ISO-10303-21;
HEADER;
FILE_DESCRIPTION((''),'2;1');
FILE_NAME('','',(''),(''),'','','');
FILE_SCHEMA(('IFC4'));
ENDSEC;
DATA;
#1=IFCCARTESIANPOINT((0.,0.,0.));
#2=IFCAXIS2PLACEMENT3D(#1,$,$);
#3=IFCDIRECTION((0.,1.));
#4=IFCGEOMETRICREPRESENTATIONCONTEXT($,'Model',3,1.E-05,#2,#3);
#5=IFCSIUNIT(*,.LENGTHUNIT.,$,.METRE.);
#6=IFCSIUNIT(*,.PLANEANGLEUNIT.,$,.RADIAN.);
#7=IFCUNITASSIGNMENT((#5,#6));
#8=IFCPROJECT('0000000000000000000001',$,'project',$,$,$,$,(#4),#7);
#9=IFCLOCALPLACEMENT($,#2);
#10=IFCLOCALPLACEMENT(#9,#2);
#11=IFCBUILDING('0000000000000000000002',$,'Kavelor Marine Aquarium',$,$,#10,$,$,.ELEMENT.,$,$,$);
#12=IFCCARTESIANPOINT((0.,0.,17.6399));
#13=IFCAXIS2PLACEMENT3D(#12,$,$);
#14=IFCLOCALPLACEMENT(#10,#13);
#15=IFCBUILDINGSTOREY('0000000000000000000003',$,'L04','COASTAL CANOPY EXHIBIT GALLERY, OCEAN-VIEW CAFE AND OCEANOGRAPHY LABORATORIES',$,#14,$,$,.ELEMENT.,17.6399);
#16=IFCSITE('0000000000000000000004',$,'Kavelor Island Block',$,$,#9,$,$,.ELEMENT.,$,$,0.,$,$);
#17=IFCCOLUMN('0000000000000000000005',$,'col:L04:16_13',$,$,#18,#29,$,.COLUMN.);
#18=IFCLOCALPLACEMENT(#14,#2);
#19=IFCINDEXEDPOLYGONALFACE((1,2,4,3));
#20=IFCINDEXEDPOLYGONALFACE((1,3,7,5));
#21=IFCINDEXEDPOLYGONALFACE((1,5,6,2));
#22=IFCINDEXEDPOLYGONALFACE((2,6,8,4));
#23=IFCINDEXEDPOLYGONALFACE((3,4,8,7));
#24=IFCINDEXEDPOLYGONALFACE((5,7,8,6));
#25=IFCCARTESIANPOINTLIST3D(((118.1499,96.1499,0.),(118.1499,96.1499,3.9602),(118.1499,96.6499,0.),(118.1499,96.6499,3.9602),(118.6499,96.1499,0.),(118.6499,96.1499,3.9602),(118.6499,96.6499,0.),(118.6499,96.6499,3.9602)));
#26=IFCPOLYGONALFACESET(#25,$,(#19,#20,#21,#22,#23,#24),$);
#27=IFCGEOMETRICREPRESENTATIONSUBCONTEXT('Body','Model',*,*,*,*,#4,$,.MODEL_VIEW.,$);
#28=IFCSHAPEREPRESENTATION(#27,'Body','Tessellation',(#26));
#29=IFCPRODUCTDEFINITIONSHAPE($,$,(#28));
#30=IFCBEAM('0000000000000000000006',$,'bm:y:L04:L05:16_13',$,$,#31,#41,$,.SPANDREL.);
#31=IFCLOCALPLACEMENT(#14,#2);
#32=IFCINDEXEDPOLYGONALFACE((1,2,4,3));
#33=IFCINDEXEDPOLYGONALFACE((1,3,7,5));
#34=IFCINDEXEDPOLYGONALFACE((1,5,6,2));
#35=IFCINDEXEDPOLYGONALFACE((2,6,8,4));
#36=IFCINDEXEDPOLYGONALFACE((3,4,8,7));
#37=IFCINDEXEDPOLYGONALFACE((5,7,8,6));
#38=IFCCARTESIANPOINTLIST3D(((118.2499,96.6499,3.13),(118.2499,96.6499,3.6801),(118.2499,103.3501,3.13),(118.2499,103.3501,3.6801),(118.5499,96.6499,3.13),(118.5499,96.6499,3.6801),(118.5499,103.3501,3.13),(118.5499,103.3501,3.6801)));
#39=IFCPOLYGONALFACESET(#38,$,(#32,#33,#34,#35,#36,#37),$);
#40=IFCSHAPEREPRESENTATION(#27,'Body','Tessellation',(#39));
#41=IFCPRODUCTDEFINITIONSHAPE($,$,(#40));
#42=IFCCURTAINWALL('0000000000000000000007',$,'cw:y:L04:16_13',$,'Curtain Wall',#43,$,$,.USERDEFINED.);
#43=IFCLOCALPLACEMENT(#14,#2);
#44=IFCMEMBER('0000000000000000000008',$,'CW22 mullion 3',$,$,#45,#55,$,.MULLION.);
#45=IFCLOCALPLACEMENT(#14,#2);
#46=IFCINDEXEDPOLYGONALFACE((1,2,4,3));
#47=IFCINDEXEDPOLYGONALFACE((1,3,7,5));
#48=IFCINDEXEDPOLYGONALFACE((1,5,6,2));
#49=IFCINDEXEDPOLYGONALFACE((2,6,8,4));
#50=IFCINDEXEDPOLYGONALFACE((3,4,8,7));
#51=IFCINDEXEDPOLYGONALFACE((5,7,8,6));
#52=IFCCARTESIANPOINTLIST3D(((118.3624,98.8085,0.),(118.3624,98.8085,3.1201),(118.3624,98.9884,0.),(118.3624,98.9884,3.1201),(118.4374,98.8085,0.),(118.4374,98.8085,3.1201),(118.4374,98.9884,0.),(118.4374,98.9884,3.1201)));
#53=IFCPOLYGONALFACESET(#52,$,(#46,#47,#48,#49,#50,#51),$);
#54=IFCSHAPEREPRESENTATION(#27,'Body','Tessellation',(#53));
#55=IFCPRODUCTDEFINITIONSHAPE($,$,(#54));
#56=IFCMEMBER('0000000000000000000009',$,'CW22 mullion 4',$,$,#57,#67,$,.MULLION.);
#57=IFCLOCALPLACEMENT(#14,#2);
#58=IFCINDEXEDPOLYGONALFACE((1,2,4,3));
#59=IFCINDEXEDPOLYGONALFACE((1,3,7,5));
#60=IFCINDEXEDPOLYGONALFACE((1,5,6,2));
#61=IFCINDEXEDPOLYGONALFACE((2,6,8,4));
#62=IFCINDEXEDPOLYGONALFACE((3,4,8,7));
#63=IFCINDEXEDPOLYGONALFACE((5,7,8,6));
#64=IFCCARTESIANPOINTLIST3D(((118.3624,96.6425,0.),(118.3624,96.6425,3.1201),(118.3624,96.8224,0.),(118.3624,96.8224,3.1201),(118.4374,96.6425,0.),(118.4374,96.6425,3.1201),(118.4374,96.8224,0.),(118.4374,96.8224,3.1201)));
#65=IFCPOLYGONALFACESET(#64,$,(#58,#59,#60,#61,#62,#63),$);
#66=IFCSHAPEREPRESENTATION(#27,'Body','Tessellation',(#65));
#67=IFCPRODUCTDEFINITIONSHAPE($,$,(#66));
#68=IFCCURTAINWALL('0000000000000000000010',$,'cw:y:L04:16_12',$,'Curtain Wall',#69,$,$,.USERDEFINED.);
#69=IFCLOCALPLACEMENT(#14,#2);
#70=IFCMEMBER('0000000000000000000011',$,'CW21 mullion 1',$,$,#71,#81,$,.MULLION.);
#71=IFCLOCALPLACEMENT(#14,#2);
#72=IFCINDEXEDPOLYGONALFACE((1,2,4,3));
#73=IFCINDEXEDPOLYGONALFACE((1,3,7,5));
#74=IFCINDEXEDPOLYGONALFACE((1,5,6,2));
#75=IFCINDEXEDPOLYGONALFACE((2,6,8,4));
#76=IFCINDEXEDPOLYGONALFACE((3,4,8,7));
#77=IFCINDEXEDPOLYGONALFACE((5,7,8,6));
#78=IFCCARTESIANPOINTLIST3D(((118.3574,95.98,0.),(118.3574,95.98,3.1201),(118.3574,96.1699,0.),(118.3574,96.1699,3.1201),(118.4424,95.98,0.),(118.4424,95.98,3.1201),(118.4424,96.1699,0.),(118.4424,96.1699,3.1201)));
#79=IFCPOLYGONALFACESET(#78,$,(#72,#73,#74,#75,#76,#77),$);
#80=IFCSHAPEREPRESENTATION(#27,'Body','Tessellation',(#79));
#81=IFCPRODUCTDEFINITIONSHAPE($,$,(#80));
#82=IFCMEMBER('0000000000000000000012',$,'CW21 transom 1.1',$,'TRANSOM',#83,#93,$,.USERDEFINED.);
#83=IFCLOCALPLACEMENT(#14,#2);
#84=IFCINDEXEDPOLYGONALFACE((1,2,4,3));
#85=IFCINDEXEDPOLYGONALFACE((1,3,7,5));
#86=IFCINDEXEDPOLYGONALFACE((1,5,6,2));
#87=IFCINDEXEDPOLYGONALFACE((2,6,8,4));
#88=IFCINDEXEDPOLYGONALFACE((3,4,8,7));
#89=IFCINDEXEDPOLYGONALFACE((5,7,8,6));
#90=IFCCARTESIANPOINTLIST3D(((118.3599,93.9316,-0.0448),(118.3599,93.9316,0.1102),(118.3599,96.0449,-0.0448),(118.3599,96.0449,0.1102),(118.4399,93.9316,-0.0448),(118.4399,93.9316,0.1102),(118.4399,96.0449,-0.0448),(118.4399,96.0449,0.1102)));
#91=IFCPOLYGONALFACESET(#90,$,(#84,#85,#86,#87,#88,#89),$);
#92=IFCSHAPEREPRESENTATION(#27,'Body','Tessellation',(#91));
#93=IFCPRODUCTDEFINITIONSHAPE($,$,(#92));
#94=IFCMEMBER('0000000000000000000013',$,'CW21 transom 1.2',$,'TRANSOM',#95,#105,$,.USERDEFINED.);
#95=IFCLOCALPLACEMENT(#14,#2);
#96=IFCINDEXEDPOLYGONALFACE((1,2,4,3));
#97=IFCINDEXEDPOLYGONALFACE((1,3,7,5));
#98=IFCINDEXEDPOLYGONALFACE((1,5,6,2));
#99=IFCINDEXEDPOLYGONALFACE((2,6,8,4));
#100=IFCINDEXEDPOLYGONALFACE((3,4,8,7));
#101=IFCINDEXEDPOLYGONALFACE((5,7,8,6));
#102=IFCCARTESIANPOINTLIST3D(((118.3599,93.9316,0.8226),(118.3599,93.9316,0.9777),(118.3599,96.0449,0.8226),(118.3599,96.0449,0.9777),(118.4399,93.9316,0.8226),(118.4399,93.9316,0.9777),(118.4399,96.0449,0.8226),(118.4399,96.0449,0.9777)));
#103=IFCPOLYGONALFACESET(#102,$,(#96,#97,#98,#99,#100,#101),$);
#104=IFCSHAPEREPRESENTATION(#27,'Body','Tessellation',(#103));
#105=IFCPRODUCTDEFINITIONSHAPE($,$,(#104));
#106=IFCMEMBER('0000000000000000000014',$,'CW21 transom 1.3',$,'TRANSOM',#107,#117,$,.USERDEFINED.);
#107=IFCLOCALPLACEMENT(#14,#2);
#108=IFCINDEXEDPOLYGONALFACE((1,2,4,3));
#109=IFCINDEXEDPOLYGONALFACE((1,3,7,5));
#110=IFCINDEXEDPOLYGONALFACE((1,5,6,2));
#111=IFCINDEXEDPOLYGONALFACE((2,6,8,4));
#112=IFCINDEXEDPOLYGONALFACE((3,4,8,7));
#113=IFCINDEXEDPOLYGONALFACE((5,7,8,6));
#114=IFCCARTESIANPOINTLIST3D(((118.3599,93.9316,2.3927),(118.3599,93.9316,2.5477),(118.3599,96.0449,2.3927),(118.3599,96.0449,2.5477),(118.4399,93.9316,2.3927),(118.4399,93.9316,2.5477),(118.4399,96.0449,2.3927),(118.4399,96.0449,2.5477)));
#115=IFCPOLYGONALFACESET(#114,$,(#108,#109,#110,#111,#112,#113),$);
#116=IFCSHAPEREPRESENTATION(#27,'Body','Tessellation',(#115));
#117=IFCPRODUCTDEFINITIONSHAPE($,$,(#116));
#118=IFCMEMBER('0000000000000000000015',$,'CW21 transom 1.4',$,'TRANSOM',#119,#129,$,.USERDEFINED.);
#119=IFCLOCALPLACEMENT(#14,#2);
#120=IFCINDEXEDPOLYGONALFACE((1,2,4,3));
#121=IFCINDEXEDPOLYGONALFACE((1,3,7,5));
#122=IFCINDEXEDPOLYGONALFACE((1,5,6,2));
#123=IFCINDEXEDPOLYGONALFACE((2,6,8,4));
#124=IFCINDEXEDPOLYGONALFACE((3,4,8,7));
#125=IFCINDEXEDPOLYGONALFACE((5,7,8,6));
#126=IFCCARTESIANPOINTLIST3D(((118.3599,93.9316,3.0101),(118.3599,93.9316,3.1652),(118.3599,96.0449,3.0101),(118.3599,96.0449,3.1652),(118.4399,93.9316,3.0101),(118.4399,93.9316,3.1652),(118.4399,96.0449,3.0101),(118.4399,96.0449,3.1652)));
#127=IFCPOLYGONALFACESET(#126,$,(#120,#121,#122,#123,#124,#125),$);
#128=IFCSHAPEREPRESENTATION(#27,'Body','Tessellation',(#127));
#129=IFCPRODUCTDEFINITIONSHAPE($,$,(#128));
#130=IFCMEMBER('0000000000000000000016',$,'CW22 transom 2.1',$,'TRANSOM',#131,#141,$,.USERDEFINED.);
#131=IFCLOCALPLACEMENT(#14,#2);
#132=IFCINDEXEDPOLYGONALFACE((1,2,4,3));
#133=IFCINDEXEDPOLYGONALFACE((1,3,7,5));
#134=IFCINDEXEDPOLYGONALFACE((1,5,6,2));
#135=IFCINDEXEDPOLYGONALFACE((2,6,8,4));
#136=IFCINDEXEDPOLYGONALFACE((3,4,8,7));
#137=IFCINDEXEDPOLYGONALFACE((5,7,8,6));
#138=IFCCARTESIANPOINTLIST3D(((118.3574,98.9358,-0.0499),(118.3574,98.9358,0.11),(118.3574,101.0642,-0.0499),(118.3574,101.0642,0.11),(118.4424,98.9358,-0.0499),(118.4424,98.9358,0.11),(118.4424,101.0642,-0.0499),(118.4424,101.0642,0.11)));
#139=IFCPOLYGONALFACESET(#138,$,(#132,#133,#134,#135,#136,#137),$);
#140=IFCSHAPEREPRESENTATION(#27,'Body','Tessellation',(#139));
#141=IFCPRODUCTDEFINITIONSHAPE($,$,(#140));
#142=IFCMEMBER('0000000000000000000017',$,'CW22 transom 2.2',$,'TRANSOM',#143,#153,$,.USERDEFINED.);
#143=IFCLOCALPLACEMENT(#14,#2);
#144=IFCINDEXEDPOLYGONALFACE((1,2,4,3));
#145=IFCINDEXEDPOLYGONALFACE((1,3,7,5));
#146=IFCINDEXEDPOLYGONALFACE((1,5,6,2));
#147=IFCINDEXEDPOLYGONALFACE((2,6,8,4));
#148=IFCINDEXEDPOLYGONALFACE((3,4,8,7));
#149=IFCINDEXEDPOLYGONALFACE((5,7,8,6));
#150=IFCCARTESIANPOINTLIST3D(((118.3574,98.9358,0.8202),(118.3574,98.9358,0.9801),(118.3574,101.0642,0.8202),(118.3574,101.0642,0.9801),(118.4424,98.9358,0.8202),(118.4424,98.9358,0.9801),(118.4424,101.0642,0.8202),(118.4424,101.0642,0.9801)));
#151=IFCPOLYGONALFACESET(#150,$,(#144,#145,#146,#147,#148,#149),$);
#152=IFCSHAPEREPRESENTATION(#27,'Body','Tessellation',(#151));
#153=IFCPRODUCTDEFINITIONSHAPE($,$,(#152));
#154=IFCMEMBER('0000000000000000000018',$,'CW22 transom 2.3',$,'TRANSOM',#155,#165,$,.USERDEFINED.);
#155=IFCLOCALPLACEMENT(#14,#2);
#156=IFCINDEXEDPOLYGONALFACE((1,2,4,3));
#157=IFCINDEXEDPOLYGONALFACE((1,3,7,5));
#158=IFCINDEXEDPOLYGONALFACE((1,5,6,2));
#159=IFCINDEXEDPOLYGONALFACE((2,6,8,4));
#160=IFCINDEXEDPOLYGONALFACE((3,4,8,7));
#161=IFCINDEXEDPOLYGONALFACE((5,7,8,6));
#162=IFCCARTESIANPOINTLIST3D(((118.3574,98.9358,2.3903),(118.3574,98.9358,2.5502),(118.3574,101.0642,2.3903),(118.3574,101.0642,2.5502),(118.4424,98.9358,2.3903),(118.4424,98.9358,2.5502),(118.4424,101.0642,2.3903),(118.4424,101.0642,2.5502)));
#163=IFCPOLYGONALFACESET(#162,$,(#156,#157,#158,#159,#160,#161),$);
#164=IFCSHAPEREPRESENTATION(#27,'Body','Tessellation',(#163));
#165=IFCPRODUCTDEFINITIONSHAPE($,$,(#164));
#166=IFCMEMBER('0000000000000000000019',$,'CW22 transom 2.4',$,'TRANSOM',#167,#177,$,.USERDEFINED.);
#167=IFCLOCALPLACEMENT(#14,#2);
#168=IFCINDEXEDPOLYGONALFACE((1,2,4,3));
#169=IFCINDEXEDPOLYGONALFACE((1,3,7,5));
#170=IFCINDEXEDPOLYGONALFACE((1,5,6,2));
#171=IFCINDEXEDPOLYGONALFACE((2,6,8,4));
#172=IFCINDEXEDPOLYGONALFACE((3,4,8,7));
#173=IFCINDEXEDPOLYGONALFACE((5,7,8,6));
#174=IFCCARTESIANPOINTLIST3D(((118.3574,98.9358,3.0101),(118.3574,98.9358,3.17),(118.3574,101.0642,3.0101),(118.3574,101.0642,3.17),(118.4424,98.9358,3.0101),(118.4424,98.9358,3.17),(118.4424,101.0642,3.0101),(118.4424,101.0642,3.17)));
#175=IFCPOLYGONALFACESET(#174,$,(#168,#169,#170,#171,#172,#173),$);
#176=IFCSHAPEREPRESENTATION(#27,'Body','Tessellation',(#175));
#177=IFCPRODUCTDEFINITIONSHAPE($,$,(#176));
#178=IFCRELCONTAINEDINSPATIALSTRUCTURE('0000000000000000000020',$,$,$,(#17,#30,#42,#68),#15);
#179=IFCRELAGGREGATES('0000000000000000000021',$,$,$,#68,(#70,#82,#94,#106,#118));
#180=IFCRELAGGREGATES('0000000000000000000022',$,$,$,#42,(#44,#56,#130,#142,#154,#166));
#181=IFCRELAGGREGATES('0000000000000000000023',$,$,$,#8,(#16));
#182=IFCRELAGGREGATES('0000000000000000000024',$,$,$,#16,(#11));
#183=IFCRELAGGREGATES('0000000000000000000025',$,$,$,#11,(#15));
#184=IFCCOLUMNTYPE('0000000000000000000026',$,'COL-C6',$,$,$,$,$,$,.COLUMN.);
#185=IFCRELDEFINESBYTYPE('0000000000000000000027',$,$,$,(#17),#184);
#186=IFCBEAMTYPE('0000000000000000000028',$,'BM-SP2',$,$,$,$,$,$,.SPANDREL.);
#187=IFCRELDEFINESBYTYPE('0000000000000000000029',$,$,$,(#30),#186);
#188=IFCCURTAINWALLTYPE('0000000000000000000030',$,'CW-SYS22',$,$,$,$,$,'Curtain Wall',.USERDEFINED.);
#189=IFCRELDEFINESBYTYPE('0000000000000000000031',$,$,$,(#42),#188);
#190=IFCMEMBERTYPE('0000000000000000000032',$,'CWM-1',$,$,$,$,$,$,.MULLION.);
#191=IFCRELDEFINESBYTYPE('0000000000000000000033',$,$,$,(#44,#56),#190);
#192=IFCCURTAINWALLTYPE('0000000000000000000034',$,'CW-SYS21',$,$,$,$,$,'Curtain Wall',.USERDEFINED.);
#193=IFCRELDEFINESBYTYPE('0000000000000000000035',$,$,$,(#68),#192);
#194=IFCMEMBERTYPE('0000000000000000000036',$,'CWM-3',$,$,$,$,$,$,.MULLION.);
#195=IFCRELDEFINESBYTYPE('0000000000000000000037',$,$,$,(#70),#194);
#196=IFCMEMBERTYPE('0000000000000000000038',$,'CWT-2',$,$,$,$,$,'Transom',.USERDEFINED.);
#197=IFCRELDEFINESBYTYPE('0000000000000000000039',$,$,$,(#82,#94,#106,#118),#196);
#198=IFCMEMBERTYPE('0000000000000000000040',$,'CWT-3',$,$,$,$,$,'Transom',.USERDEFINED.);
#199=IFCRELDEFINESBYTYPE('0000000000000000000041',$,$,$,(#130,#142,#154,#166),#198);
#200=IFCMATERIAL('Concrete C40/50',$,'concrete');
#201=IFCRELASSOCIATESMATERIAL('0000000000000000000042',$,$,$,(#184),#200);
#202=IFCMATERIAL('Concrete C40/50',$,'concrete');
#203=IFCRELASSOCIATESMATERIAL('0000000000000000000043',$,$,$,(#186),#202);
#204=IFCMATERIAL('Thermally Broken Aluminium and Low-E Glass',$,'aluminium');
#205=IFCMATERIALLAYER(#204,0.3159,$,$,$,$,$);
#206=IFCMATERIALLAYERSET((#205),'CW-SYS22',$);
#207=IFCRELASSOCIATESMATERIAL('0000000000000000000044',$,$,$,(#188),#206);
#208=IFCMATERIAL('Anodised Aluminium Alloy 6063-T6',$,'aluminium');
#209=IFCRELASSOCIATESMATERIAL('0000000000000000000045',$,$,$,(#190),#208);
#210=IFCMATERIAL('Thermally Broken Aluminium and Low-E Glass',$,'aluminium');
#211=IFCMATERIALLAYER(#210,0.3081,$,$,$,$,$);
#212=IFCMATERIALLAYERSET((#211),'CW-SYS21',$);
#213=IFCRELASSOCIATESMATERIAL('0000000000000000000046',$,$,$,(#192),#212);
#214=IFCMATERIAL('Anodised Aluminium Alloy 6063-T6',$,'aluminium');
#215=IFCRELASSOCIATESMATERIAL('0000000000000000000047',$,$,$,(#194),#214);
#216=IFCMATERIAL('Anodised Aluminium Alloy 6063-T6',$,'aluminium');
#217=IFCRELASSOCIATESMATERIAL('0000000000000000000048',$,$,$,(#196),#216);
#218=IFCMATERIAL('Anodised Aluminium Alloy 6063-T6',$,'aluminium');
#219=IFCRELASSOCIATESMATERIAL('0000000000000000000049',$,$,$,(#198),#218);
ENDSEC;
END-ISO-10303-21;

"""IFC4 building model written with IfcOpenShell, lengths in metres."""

from ifc_helpers import new_model, si_unit, direction, frame, origin, origin_2d, place, context, subcontext, project, spatial, rectangle, extrude, material, layer, layer_set, material_profile, profile_set, type_object, element, aggregate, save


model = new_model("IFC4")

# Units and contexts
model_context = context("Model", 3, precision=1e-05, world=origin(), true_north=direction((0.0, 1.0)))
body_context = subcontext(model_context, "Body", "Model", "MODEL_VIEW")
ifc_project = project(units=[si_unit("LENGTHUNIT", "METRE"), si_unit("PLANEANGLEUNIT", "RADIAN")], contexts=[model_context])

# Site, building, storey
site_placement = place(None, origin())
site = spatial("IfcSite", under=ifc_project, at=site_placement, Name="Kavelor Island Block", CompositionType="ELEMENT", RefElevation=0.0)
building_placement = place(site_placement, origin())
building = spatial("IfcBuilding", under=site, at=building_placement, Name="Kavelor Marine Aquarium", CompositionType="ELEMENT")
storey_placement = place(building_placement, frame((0.0, 0.0, 17.6399)))
storey = spatial("IfcBuildingStorey", under=building, at=storey_placement, Name="L04", Description="COASTAL CANOPY EXHIBIT GALLERY, OCEAN-VIEW CAFE AND OCEANOGRAPHY LABORATORIES", CompositionType="ELEMENT", Elevation=17.6399)

# Column
ifc_material_1 = material(Name="Concrete C40/50", Category="concrete")
ifc_material_profile_1 = material_profile(ifc_material_1, rectangle(XDim=0.5, YDim=0.5, at=origin_2d()), Name="RC-COL 500x500")
ifc_profile_set_1 = profile_set([ifc_material_profile_1], Name="Concrete C40/50")
column_type = type_object("IfcColumnType", Name="COL-C6", PredefinedType="COLUMN", material=ifc_profile_set_1)
column_placement = place(storey_placement, frame((118.3999, 96.3999, 0.0), z_axis=(0.0, 0.0, 1.0), x_axis=(1.0, 0.0, 0.0)))
element("IfcColumn", 1, at=column_placement, inside=storey, type_object=column_type, Name="col:L04:16_13", PredefinedType="COLUMN", context=body_context, shape_type="SweptSolid", body=[
    extrude(rectangle(XDim=0.5, YDim=0.5, at=origin_2d()), origin(), (0.0, 0.0, 1.0), 3.9602),
])

# Beam
ifc_material_2 = material(Name="Concrete C40/50", Category="concrete")
ifc_material_profile_2 = material_profile(ifc_material_2, rectangle(XDim=0.3, YDim=0.55, at=origin_2d()), Name="RC-SP 300x550")
ifc_profile_set_2 = profile_set([ifc_material_profile_2], Name="Concrete C40/50")
beam_type = type_object("IfcBeamType", Name="BM-SP2", PredefinedType="SPANDREL", material=ifc_profile_set_2)
beam_placement = place(storey_placement, frame((118.3999, 96.6499, 3.405), z_axis=(0.0, 1.0, 0.0), x_axis=(-1.0, 0.0, 0.0)))
element("IfcBeam", 2, at=beam_placement, inside=storey, type_object=beam_type, Name="bm:y:L04:L05:16_13", PredefinedType="SPANDREL", context=body_context, shape_type="SweptSolid", body=[
    extrude(rectangle(XDim=0.3, YDim=0.55, at=origin_2d()), origin(), (0.0, 0.0, 1.0), 6.7002),
])

# Curtain walls, members
ifc_material_3 = material(Name="Thermally Broken Aluminium and Low-E Glass", Category="aluminium")
ifc_layer_1 = layer(ifc_material_3, 0.3159)
ifc_layer_set_1 = layer_set([ifc_layer_1], Name="CW-SYS22")
curtain_wall_type_1 = type_object("IfcCurtainWallType", Name="CW-SYS22", ElementType="Curtain Wall", PredefinedType="USERDEFINED", material=ifc_layer_set_1)
curtain_wall_1_placement = place(storey_placement, origin())
curtain_wall_1 = element("IfcCurtainWall", 3, at=curtain_wall_1_placement, inside=storey, type_object=curtain_wall_type_1, Name="cw:y:L04:16_13", ObjectType="Curtain Wall", PredefinedType="USERDEFINED")
ifc_material_4 = material(Name="Anodised Aluminium Alloy 6063-T6", Category="aluminium")
ifc_material_profile_3 = material_profile(ifc_material_4, rectangle(XDim=0.075, YDim=0.1799, at=origin_2d()), Name="CW-MUL 75x180")
ifc_profile_set_3 = profile_set([ifc_material_profile_3], Name="Anodised Aluminium Alloy 6063-T6")
member_type_1 = type_object("IfcMemberType", Name="CWM-1", PredefinedType="MULLION", material=ifc_profile_set_3)
member_1_placement = place(storey_placement, frame((118.3999, 98.8984, 0.0), z_axis=(0.0, 0.0, 1.0), x_axis=(1.0, 0.0, 0.0)))
member_1 = element("IfcMember", 4, at=member_1_placement, type_object=member_type_1, Name="CW22 mullion 3", PredefinedType="MULLION", context=body_context, shape_type="SweptSolid", body=[
    extrude(rectangle(XDim=0.075, YDim=0.1799, at=origin_2d()), origin(), (0.0, 0.0, 1.0), 3.1201),
])
member_2_placement = place(storey_placement, frame((118.3999, 96.7324, 0.0), z_axis=(0.0, 0.0, 1.0), x_axis=(1.0, 0.0, 0.0)))
member_2 = element("IfcMember", 5, at=member_2_placement, type_object=member_type_1, Name="CW22 mullion 4", PredefinedType="MULLION", context=body_context, shape_type="SweptSolid", body=[
    extrude(rectangle(XDim=0.075, YDim=0.1799, at=origin_2d()), origin(), (0.0, 0.0, 1.0), 3.1201),
])
ifc_material_5 = material(Name="Thermally Broken Aluminium and Low-E Glass", Category="aluminium")
ifc_layer_2 = layer(ifc_material_5, 0.3081)
ifc_layer_set_2 = layer_set([ifc_layer_2], Name="CW-SYS21")
curtain_wall_type_2 = type_object("IfcCurtainWallType", Name="CW-SYS21", ElementType="Curtain Wall", PredefinedType="USERDEFINED", material=ifc_layer_set_2)
curtain_wall_2_placement = place(storey_placement, origin())
curtain_wall_2 = element("IfcCurtainWall", 6, at=curtain_wall_2_placement, inside=storey, type_object=curtain_wall_type_2, Name="cw:y:L04:16_12", ObjectType="Curtain Wall", PredefinedType="USERDEFINED")
ifc_material_6 = material(Name="Anodised Aluminium Alloy 6063-T6", Category="aluminium")
ifc_material_profile_4 = material_profile(ifc_material_6, rectangle(XDim=0.085, YDim=0.1899, at=origin_2d()), Name="CW-MUL 85x190")
ifc_profile_set_4 = profile_set([ifc_material_profile_4], Name="Anodised Aluminium Alloy 6063-T6")
member_type_2 = type_object("IfcMemberType", Name="CWM-3", PredefinedType="MULLION", material=ifc_profile_set_4)
member_3_placement = place(storey_placement, frame((118.3999, 96.075, 0.0), z_axis=(0.0, 0.0, 1.0), x_axis=(1.0, 0.0, 0.0)))
member_3 = element("IfcMember", 7, at=member_3_placement, type_object=member_type_2, Name="CW21 mullion 1", PredefinedType="MULLION", context=body_context, shape_type="SweptSolid", body=[
    extrude(rectangle(XDim=0.085, YDim=0.1899, at=origin_2d()), origin(), (0.0, 0.0, 1.0), 3.1201),
])
ifc_material_7 = material(Name="Anodised Aluminium Alloy 6063-T6", Category="aluminium")
ifc_material_profile_5 = material_profile(ifc_material_7, rectangle(XDim=0.0801, YDim=0.155, at=origin_2d()), Name="CW-TRN 80x155")
ifc_profile_set_5 = profile_set([ifc_material_profile_5], Name="Anodised Aluminium Alloy 6063-T6")
member_type_3 = type_object("IfcMemberType", Name="CWT-2", ElementType="Transom", PredefinedType="USERDEFINED", material=ifc_profile_set_5)
member_4_placement = place(storey_placement, frame((118.3999, 96.0449, 0.0327), z_axis=(0.0, -1.0, 0.0), x_axis=(1.0, 0.0, 0.0)))
member_4 = element("IfcMember", 8, at=member_4_placement, type_object=member_type_3, Name="CW21 transom 1.1", ObjectType="TRANSOM", PredefinedType="USERDEFINED", context=body_context, shape_type="SweptSolid", body=[
    extrude(rectangle(XDim=0.0801, YDim=0.155, at=origin_2d()), origin(), (0.0, 0.0, 1.0), 2.1133),
])
member_5_placement = place(storey_placement, frame((118.3999, 96.0449, 0.9001), z_axis=(0.0, -1.0, 0.0), x_axis=(1.0, 0.0, 0.0)))
member_5 = element("IfcMember", 9, at=member_5_placement, type_object=member_type_3, Name="CW21 transom 1.2", ObjectType="TRANSOM", PredefinedType="USERDEFINED", context=body_context, shape_type="SweptSolid", body=[
    extrude(rectangle(XDim=0.0801, YDim=0.155, at=origin_2d()), origin(), (0.0, 0.0, 1.0), 2.1133),
])
member_6_placement = place(storey_placement, frame((118.3999, 96.0449, 2.4702), z_axis=(0.0, -1.0, 0.0), x_axis=(1.0, 0.0, 0.0)))
member_6 = element("IfcMember", 10, at=member_6_placement, type_object=member_type_3, Name="CW21 transom 1.3", ObjectType="TRANSOM", PredefinedType="USERDEFINED", context=body_context, shape_type="SweptSolid", body=[
    extrude(rectangle(XDim=0.0801, YDim=0.155, at=origin_2d()), origin(), (0.0, 0.0, 1.0), 2.1133),
])
member_7_placement = place(storey_placement, frame((118.3999, 96.0449, 3.0876), z_axis=(0.0, -1.0, 0.0), x_axis=(1.0, 0.0, 0.0)))
member_7 = element("IfcMember", 11, at=member_7_placement, type_object=member_type_3, Name="CW21 transom 1.4", ObjectType="TRANSOM", PredefinedType="USERDEFINED", context=body_context, shape_type="SweptSolid", body=[
    extrude(rectangle(XDim=0.0801, YDim=0.155, at=origin_2d()), origin(), (0.0, 0.0, 1.0), 2.1133),
])

# Members
ifc_material_8 = material(Name="Anodised Aluminium Alloy 6063-T6", Category="aluminium")
ifc_material_profile_6 = material_profile(ifc_material_8, rectangle(XDim=0.085, YDim=0.1599, at=origin_2d()), Name="CW-TRN 85x160")
ifc_profile_set_6 = profile_set([ifc_material_profile_6], Name="Anodised Aluminium Alloy 6063-T6")
member_type_4 = type_object("IfcMemberType", Name="CWT-3", ElementType="Transom", PredefinedType="USERDEFINED", material=ifc_profile_set_6)
member_8_placement = place(storey_placement, frame((118.3999, 101.0642, 0.03), z_axis=(0.0, -1.0, 0.0), x_axis=(1.0, 0.0, 0.0)))
member_8 = element("IfcMember", 12, at=member_8_placement, type_object=member_type_4, Name="CW22 transom 2.1", ObjectType="TRANSOM", PredefinedType="USERDEFINED", context=body_context, shape_type="SweptSolid", body=[
    extrude(rectangle(XDim=0.085, YDim=0.1599, at=origin_2d()), origin(), (0.0, 0.0, 1.0), 2.1284),
])
member_9_placement = place(storey_placement, frame((118.3999, 101.0642, 0.9001), z_axis=(0.0, -1.0, 0.0), x_axis=(1.0, 0.0, 0.0)))
member_9 = element("IfcMember", 13, at=member_9_placement, type_object=member_type_4, Name="CW22 transom 2.2", ObjectType="TRANSOM", PredefinedType="USERDEFINED", context=body_context, shape_type="SweptSolid", body=[
    extrude(rectangle(XDim=0.085, YDim=0.1599, at=origin_2d()), origin(), (0.0, 0.0, 1.0), 2.1284),
])
member_10_placement = place(storey_placement, frame((118.3999, 101.0642, 2.4702), z_axis=(0.0, -1.0, 0.0), x_axis=(1.0, 0.0, 0.0)))
member_10 = element("IfcMember", 14, at=member_10_placement, type_object=member_type_4, Name="CW22 transom 2.3", ObjectType="TRANSOM", PredefinedType="USERDEFINED", context=body_context, shape_type="SweptSolid", body=[
    extrude(rectangle(XDim=0.085, YDim=0.1599, at=origin_2d()), origin(), (0.0, 0.0, 1.0), 2.1284),
])
member_11_placement = place(storey_placement, frame((118.3999, 101.0642, 3.0901), z_axis=(0.0, -1.0, 0.0), x_axis=(1.0, 0.0, 0.0)))
member_11 = element("IfcMember", 15, at=member_11_placement, type_object=member_type_4, Name="CW22 transom 2.4", ObjectType="TRANSOM", PredefinedType="USERDEFINED", context=body_context, shape_type="SweptSolid", body=[
    extrude(rectangle(XDim=0.085, YDim=0.1599, at=origin_2d()), origin(), (0.0, 0.0, 1.0), 2.1284),
])

aggregate(curtain_wall_2, [member_3, member_4, member_5, member_6, member_7])
aggregate(curtain_wall_1, [member_1, member_2, member_8, member_9, member_10, member_11])

save(model, "model.ifc")
